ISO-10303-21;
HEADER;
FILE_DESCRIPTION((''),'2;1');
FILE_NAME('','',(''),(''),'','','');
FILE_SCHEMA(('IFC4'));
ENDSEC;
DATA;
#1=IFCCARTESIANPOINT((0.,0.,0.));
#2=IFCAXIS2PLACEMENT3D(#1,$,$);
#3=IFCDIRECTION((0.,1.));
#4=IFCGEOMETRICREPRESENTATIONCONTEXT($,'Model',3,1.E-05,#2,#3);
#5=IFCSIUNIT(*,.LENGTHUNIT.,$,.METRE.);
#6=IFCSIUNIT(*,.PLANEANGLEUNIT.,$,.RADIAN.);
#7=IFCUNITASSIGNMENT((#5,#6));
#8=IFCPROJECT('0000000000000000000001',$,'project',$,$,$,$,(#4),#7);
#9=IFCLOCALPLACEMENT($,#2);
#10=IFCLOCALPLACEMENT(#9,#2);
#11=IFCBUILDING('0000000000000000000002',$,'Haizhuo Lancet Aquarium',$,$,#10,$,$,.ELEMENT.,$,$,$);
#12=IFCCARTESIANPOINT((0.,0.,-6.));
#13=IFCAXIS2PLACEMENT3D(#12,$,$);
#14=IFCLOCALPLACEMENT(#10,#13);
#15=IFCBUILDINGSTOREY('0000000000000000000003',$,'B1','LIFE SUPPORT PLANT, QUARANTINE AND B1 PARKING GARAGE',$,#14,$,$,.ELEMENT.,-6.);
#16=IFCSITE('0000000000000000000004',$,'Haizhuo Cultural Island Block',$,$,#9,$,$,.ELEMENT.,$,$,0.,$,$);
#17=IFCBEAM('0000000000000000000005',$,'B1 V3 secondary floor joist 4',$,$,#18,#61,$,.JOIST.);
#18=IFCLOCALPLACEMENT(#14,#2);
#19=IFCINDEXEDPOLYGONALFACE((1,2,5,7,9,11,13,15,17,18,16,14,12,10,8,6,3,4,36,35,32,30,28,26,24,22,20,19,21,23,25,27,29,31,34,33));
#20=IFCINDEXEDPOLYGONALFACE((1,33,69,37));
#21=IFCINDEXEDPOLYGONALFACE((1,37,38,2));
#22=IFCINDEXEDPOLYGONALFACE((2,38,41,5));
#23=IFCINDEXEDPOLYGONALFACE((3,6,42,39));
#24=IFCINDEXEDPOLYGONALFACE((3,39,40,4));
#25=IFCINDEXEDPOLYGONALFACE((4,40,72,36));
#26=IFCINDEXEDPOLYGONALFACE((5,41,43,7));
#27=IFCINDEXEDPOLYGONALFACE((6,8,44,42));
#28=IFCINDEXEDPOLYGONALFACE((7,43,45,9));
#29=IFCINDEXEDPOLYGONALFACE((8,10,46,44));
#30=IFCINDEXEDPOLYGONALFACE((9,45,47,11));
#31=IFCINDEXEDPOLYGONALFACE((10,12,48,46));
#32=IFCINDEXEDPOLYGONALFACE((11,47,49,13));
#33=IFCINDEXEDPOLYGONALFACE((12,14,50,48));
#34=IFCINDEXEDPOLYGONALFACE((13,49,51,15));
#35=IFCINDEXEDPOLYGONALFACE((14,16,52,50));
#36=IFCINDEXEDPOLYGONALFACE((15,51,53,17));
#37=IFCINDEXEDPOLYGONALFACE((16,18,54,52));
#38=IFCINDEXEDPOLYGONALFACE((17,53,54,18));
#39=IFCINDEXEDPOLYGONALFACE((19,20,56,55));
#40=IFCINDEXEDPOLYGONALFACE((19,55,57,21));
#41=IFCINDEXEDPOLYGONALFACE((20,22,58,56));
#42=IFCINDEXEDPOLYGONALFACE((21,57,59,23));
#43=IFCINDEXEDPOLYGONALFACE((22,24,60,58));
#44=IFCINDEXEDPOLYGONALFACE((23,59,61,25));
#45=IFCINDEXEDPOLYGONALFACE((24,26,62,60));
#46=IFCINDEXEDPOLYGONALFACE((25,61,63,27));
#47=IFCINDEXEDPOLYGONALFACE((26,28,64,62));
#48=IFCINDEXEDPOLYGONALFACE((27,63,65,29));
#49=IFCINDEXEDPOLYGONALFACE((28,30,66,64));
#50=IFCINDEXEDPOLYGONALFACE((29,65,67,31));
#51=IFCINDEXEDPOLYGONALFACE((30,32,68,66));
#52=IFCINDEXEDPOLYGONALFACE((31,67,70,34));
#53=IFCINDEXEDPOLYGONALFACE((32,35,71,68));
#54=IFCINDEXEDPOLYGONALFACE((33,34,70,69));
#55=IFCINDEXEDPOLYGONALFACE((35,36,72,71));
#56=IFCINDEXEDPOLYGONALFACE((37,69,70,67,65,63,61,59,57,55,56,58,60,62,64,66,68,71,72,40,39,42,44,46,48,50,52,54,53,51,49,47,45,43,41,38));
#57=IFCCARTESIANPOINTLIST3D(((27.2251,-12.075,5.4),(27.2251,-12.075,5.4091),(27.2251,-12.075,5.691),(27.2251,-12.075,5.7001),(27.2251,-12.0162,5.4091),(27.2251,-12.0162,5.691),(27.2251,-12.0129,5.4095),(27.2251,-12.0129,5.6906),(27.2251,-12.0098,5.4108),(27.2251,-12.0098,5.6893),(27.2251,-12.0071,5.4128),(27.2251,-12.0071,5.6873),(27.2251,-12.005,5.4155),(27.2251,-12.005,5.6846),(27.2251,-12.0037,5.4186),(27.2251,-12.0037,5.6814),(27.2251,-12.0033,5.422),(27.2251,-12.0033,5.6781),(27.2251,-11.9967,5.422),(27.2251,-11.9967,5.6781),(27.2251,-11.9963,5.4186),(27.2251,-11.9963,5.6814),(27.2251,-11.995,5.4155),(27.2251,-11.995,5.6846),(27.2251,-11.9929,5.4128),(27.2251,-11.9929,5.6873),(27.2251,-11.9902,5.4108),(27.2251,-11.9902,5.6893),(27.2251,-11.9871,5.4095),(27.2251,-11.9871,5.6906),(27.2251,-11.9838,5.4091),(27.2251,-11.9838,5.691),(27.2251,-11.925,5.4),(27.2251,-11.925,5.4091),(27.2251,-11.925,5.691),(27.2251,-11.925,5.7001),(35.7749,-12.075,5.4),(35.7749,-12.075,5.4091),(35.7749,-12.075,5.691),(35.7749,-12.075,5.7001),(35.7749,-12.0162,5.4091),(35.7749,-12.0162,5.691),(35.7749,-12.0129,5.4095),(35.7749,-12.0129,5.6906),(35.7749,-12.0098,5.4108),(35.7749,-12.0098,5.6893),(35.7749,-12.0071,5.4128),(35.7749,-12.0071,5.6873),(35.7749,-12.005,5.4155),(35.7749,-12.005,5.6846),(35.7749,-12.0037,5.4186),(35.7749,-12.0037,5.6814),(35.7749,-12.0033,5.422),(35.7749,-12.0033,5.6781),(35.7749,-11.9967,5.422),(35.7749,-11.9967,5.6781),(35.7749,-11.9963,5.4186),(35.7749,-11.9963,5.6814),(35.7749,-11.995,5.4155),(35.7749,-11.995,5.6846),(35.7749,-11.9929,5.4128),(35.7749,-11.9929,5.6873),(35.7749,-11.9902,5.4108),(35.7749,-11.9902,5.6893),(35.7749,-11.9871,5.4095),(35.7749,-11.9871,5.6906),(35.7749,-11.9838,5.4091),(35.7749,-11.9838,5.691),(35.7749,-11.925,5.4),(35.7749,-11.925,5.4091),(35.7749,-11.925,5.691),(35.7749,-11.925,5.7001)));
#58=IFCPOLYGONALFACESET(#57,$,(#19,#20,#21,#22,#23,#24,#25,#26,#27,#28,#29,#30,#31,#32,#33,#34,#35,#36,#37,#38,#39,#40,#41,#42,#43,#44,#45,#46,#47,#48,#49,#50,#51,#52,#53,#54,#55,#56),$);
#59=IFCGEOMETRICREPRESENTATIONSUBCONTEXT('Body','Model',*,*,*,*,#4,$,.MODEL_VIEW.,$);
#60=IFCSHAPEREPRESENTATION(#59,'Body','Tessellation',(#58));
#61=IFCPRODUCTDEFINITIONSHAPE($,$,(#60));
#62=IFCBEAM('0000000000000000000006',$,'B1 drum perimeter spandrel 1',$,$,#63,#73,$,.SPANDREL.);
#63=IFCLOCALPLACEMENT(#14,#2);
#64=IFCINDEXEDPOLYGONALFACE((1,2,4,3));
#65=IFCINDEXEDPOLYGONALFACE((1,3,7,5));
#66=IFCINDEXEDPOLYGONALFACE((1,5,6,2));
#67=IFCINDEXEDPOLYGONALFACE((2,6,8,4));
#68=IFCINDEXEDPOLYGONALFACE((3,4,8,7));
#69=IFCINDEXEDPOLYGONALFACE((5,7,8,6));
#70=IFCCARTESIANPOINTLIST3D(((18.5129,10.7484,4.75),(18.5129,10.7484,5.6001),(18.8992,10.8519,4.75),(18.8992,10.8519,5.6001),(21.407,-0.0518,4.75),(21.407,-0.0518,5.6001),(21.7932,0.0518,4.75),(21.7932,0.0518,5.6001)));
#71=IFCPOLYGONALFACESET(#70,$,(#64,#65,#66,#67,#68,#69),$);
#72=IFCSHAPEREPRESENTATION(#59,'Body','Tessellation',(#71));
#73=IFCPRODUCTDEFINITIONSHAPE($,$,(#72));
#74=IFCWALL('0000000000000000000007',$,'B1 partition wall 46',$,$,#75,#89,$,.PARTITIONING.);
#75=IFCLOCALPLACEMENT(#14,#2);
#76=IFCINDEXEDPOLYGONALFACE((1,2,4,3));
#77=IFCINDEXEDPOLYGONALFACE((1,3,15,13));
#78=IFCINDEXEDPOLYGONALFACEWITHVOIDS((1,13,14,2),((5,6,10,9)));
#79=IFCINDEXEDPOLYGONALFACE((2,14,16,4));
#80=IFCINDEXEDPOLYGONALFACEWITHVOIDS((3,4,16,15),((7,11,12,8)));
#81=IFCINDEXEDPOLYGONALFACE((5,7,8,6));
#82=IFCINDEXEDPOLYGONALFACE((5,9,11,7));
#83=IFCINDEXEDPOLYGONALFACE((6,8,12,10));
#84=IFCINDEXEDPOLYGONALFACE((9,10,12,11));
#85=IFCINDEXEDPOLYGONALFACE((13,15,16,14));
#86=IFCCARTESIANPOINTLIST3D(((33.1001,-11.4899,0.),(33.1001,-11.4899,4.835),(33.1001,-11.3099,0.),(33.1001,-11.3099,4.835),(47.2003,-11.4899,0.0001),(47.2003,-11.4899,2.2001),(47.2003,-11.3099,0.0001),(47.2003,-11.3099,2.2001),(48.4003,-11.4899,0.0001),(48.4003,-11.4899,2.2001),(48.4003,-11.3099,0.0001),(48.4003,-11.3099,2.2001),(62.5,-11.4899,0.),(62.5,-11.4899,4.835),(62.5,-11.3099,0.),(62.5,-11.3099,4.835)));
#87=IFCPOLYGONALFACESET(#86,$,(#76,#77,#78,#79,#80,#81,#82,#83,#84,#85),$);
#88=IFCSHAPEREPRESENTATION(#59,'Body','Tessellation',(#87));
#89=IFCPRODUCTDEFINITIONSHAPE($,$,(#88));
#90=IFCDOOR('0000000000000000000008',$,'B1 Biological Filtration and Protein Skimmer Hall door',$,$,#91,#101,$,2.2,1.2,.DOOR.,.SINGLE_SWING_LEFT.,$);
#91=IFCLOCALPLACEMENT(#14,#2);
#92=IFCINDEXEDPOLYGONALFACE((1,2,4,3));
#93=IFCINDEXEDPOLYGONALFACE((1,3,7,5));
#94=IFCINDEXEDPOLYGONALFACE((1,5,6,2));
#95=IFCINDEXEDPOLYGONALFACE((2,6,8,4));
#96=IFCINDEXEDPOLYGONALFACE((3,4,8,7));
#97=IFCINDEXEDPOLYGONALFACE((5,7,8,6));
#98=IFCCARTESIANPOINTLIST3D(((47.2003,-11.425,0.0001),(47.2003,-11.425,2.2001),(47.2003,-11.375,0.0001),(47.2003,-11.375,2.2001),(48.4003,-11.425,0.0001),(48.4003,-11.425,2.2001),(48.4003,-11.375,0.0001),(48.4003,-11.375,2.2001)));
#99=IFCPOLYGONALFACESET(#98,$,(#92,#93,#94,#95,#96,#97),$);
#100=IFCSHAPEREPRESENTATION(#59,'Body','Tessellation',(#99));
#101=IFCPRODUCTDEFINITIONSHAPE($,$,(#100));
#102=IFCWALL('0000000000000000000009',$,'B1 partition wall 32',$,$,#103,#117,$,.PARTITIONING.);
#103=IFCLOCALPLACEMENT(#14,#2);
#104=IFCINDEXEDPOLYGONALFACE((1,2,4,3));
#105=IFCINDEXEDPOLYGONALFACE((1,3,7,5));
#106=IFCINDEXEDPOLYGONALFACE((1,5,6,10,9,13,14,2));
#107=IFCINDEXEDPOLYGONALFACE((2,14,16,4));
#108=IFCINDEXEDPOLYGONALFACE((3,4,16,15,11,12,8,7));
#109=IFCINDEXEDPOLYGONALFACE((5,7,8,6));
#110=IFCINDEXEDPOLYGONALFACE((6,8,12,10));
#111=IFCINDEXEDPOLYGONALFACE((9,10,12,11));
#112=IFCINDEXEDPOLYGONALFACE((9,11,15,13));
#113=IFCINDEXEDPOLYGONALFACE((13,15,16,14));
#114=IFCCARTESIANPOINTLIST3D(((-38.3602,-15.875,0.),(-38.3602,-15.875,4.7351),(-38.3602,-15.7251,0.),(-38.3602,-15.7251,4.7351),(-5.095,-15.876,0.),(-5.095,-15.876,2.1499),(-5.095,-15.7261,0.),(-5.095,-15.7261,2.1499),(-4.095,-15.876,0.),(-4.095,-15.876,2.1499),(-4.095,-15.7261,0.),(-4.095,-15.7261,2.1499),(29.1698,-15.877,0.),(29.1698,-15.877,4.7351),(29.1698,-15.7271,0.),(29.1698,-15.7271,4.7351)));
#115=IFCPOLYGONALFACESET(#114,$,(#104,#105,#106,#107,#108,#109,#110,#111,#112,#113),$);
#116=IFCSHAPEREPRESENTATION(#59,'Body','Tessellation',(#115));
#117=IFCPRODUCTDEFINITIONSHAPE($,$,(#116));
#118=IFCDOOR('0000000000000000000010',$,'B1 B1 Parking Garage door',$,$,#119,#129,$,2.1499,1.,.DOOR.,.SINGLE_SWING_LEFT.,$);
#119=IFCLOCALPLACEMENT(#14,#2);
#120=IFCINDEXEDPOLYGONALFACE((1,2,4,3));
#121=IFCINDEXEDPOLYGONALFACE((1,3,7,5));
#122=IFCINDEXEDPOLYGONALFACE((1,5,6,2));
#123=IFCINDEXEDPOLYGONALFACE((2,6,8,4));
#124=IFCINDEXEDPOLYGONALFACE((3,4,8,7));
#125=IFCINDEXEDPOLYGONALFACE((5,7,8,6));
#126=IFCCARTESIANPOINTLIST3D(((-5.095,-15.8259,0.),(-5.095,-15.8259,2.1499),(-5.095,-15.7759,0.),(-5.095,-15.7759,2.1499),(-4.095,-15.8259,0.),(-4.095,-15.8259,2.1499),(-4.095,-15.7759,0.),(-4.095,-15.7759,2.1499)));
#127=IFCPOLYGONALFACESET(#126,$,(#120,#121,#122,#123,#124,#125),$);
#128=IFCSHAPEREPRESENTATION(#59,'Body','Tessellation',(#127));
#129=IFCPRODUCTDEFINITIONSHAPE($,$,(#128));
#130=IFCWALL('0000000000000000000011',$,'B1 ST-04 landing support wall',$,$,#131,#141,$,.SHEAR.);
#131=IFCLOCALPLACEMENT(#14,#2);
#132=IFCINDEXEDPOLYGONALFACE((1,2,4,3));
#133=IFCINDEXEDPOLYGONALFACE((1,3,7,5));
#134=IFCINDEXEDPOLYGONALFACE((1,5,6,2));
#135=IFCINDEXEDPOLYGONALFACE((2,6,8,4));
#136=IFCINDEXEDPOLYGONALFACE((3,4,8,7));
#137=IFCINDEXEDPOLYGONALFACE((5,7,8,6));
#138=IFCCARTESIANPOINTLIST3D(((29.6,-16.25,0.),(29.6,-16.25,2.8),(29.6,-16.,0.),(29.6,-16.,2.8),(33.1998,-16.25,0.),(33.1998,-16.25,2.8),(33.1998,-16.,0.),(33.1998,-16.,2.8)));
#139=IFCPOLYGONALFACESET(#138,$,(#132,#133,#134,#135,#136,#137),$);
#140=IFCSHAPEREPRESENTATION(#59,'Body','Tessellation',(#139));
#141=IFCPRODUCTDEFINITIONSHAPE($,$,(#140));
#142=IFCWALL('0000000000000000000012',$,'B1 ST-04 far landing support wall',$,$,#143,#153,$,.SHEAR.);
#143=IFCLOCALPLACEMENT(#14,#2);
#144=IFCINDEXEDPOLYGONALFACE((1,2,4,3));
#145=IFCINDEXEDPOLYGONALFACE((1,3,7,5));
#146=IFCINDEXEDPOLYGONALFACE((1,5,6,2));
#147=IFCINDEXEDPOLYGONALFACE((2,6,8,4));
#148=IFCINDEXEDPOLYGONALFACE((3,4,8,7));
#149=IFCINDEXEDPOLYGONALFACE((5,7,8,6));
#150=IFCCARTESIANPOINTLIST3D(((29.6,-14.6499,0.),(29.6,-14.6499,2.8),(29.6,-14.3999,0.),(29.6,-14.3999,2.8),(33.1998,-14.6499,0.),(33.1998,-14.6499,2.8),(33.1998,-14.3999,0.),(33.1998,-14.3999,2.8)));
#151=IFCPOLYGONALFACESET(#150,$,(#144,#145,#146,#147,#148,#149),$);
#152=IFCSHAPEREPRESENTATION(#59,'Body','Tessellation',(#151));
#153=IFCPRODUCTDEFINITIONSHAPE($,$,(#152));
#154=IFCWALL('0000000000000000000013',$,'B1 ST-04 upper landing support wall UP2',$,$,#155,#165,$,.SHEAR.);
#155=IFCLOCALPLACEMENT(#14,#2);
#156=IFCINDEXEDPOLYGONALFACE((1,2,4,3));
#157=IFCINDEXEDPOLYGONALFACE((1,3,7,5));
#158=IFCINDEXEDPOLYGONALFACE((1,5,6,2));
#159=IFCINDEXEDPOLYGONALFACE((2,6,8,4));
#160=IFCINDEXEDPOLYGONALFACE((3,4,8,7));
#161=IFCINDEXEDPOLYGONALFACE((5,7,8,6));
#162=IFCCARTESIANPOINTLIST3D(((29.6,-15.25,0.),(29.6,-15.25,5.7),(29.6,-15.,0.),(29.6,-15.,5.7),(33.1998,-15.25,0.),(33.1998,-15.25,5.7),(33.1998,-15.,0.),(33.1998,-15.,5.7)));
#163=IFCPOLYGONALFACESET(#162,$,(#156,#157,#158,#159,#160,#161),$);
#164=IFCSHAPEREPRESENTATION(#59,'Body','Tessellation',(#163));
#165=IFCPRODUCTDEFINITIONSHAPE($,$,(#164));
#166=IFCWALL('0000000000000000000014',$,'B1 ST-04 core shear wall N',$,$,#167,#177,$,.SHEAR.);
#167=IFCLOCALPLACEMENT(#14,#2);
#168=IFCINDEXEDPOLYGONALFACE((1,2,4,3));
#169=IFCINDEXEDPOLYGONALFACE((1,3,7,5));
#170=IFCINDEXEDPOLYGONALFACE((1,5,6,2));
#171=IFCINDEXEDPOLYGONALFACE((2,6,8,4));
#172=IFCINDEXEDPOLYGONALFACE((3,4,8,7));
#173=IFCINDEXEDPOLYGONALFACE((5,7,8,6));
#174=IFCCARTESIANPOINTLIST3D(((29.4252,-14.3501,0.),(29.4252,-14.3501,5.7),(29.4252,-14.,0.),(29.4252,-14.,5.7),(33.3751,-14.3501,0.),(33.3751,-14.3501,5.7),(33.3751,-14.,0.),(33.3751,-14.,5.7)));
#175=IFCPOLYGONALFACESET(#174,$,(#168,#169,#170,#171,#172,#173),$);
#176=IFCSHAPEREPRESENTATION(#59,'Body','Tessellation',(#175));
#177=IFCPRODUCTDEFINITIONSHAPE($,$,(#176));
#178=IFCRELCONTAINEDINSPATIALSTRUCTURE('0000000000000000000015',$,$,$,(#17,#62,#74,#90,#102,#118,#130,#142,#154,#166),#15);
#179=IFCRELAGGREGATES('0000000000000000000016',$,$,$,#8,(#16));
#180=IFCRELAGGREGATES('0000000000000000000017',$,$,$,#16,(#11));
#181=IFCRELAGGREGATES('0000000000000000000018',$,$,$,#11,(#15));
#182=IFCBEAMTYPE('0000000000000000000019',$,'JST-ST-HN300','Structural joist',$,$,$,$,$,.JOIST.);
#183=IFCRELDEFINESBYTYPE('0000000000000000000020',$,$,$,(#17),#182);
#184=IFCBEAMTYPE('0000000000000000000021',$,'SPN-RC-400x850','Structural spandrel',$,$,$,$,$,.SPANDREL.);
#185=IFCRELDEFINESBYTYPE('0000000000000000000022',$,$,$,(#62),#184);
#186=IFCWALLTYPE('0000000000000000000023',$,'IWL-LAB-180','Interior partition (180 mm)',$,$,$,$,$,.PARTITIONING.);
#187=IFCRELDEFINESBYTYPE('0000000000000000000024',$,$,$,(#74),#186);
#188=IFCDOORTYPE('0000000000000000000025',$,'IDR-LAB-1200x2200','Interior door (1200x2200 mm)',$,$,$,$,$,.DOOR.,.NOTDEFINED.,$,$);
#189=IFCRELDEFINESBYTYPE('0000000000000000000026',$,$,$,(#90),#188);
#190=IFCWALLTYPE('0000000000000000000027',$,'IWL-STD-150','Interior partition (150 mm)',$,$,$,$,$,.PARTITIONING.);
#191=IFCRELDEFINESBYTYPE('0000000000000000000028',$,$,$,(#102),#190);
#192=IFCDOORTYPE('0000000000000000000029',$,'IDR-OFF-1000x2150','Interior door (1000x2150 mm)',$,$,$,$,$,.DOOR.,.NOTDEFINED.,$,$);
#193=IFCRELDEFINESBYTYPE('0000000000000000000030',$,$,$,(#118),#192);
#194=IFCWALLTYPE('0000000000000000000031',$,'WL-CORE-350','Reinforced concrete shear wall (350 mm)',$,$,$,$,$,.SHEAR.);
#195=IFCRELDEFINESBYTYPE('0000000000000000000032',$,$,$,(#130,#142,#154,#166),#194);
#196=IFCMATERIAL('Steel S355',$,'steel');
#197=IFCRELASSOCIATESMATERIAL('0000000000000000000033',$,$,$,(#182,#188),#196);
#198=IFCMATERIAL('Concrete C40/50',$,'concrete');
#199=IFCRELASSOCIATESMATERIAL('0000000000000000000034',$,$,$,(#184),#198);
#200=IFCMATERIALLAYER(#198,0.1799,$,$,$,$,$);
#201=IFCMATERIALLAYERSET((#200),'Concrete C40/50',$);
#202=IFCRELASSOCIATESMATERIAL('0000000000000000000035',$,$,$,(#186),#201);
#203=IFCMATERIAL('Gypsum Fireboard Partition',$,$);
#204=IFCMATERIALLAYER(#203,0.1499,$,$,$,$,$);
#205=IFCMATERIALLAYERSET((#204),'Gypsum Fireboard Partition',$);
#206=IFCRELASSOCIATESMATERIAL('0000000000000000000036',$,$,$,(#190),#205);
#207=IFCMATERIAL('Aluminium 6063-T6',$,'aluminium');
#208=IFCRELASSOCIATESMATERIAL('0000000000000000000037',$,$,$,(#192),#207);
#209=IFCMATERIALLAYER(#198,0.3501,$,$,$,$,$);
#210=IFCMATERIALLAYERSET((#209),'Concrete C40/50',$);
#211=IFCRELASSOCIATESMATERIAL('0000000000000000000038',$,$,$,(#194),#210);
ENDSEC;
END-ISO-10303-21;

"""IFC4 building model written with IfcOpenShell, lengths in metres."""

from ifc_helpers import new_model, si_unit, direction, frame, frame_2d, origin, origin_2d, place, context, subcontext, project, spatial, rectangle, i_section, extrude, material, layer, layer_set, material_profile, profile_set, type_object, element, fill, save


model = new_model("IFC4")

# Units and contexts
model_context = context("Model", 3, precision=1e-05, world=origin(), true_north=direction((0.0, 1.0)))
body_context = subcontext(model_context, "Body", "Model", "MODEL_VIEW")
ifc_project = project(units=[si_unit("LENGTHUNIT", "METRE"), si_unit("PLANEANGLEUNIT", "RADIAN")], contexts=[model_context])

# Site, building, storey
site_placement = place(None, origin())
site = spatial("IfcSite", under=ifc_project, at=site_placement, Name="Haizhuo Cultural Island Block", CompositionType="ELEMENT", RefElevation=0.0)
building_placement = place(site_placement, origin())
building = spatial("IfcBuilding", under=site, at=building_placement, Name="Haizhuo Lancet Aquarium", CompositionType="ELEMENT")
storey_placement = place(building_placement, frame((0.0, 0.0, -6.0)))
storey = spatial("IfcBuildingStorey", under=building, at=storey_placement, Name="B1", Description="LIFE SUPPORT PLANT, QUARANTINE AND B1 PARKING GARAGE", CompositionType="ELEMENT", Elevation=-6.0)

# Shared definitions
ifc_material_1 = material(Name="Concrete C40/50", Category="concrete")

# Beams
ifc_material_2 = material(Name="Steel S355", Category="steel")
ifc_material_profile_1 = material_profile(ifc_material_2, i_section(OverallWidth=0.1499, OverallDepth=0.3, WebThickness=0.0066, FlangeThickness=0.009, FilletRadius=0.0129, at=origin_2d()), Name="HN 300x150x6.5x9")
ifc_profile_set_1 = profile_set([ifc_material_profile_1], Name="Steel S355")
beam_type_1 = type_object("IfcBeamType", Name="JST-ST-HN300", Description="Structural joist", PredefinedType="JOIST", material=ifc_profile_set_1)
beam_1_placement = place(storey_placement, frame((27.2251, -12.0, 5.55), z_axis=(1.0, 0.0, 0.0), x_axis=(0.0, 1.0, 0.0)))
element("IfcBeam", 1, at=beam_1_placement, inside=storey, type_object=beam_type_1, Name="B1 V3 secondary floor joist 4", PredefinedType="JOIST", context=body_context, shape_type="SweptSolid", body=[
    extrude(i_section(OverallWidth=0.1499, OverallDepth=0.3, WebThickness=0.0066, FlangeThickness=0.009, FilletRadius=0.0129, at=origin_2d()), origin(), (0.0, 0.0, 1.0), 8.5498),
])
ifc_material_profile_2 = material_profile(ifc_material_1, rectangle(XDim=0.3999, YDim=0.8501, at=origin_2d()), Name="RC-SP 400x850")
ifc_profile_set_2 = profile_set([ifc_material_profile_2], Name="Concrete C40/50")
beam_type_2 = type_object("IfcBeamType", Name="SPN-RC-400x850", Description="Structural spandrel", PredefinedType="SPANDREL", material=ifc_profile_set_2)
beam_2_placement = place(storey_placement, frame((21.6001, 0.0, 5.175), z_axis=(-0.258834, 0.965922, 0.0), x_axis=(-0.965922, -0.258834, 0.0)))
element("IfcBeam", 2, at=beam_2_placement, inside=storey, type_object=beam_type_2, Name="B1 drum perimeter spandrel 1", PredefinedType="SPANDREL", context=body_context, shape_type="SweptSolid", body=[
    extrude(rectangle(XDim=0.3999, YDim=0.8501, at=origin_2d()), origin(), (0.0, 0.0, 1.0), 11.1812),
])

# Walls, openings, doors
ifc_layer_1 = layer(ifc_material_1, 0.1799)
ifc_layer_set_1 = layer_set([ifc_layer_1], Name="Concrete C40/50")
wall_type_1 = type_object("IfcWallType", Name="IWL-LAB-180", Description="Interior partition (180 mm)", PredefinedType="PARTITIONING", material=ifc_layer_set_1)
wall_1_placement = place(storey_placement, frame((33.1001, -11.3999, 0.0), z_axis=(0.0, 0.0, 1.0), x_axis=(1.0, 0.0, 0.0)))
wall_1 = element("IfcWall", 3, at=wall_1_placement, inside=storey, type_object=wall_type_1, Name="B1 partition wall 46", PredefinedType="PARTITIONING", context=body_context, shape_type="SweptSolid", body=[
    extrude(rectangle(XDim=29.3999, YDim=0.1799, at=frame_2d((14.7, 0.0))), origin(), (0.0, 0.0, 1.0), 4.835),
])
opening_1_placement = place(wall_1_placement, frame((14.1001, 0.0, 0.0)))
opening_1 = element("IfcOpeningElement", 4, at=opening_1_placement, cuts=wall_1, PredefinedType="OPENING", context=body_context, shape_type="SweptSolid", body=[
    extrude(rectangle(XDim=1.2, YDim=2.2, at=frame_2d((0.6001, 1.1001))), frame((0.0, 0.0999, 0.0), z_axis=(0.0, -1.0, 0.0), x_axis=(1.0, 0.0, 0.0)), (0.0, 0.0, 1.0), 0.1999),
])
door_type_1 = type_object("IfcDoorType", Name="IDR-LAB-1200x2200", Description="Interior door (1200x2200 mm)", OperationType="NOTDEFINED", PredefinedType="DOOR", material=ifc_material_2)
door_1_placement = place(opening_1_placement, origin())
door_1 = element("IfcDoor", 5, at=door_1_placement, inside=storey, type_object=door_type_1, Name="B1 Biological Filtration and Protein Skimmer Hall door", OperationType="SINGLE_SWING_LEFT", OverallHeight=2.2, OverallWidth=1.2, PredefinedType="DOOR", context=body_context, shape_type="SweptSolid", body=[
    extrude(rectangle(XDim=1.2, YDim=2.2, at=frame_2d((0.6001, 1.1001))), frame((0.0, 0.0249, 0.0), z_axis=(0.0, -1.0, 0.0), x_axis=(1.0, 0.0, 0.0)), (0.0, 0.0, 1.0), 0.05),
])
fill(opening_1, door_1)
ifc_material_3 = material(Name="Gypsum Fireboard Partition")
ifc_layer_2 = layer(ifc_material_3, 0.1499)
ifc_layer_set_2 = layer_set([ifc_layer_2], Name="Gypsum Fireboard Partition")
wall_type_2 = type_object("IfcWallType", Name="IWL-STD-150", Description="Interior partition (150 mm)", PredefinedType="PARTITIONING", material=ifc_layer_set_2)
wall_2_placement = place(storey_placement, frame((29.1699, -15.802, 0.0), z_axis=(0.0, 0.0, 1.0), x_axis=(-1.0, 0.000029, 0.0)))
wall_2 = element("IfcWall", 6, at=wall_2_placement, inside=storey, type_object=wall_type_2, Name="B1 partition wall 32", PredefinedType="PARTITIONING", context=body_context, shape_type="SweptSolid", body=[
    extrude(rectangle(XDim=67.53, YDim=0.1499, at=frame_2d((33.7651, 0.0))), origin(), (0.0, 0.0, 1.0), 4.7351),
])
opening_2_placement = place(wall_2_placement, frame((33.2649, 0.0, 0.0)))
opening_2 = element("IfcOpeningElement", 7, at=opening_2_placement, cuts=wall_2, PredefinedType="OPENING", context=body_context, shape_type="SweptSolid", body=[
    extrude(rectangle(XDim=1.0, YDim=2.1499, at=frame_2d((0.5, 1.075))), frame((0.0, 0.085, 0.0), z_axis=(0.0, -1.0, 0.0), x_axis=(1.0, 0.0, 0.0)), (0.0, 0.0, 1.0), 0.1699),
])
ifc_material_4 = material(Name="Aluminium 6063-T6", Category="aluminium")
door_type_2 = type_object("IfcDoorType", Name="IDR-OFF-1000x2150", Description="Interior door (1000x2150 mm)", OperationType="NOTDEFINED", PredefinedType="DOOR", material=ifc_material_4)
door_2_placement = place(opening_2_placement, origin())
door_2 = element("IfcDoor", 8, at=door_2_placement, inside=storey, type_object=door_type_2, Name="B1 B1 Parking Garage door", OperationType="SINGLE_SWING_LEFT", OverallHeight=2.1499, OverallWidth=1.0, PredefinedType="DOOR", context=body_context, shape_type="SweptSolid", body=[
    extrude(rectangle(XDim=1.0, YDim=2.1499, at=frame_2d((0.5, 1.075))), frame((0.0, 0.0249, 0.0), z_axis=(0.0, -1.0, 0.0), x_axis=(1.0, 0.0, 0.0)), (0.0, 0.0, 1.0), 0.05),
])
fill(opening_2, door_2)

# Walls
ifc_layer_3 = layer(ifc_material_1, 0.3501)
ifc_layer_set_3 = layer_set([ifc_layer_3], Name="Concrete C40/50")
wall_type_3 = type_object("IfcWallType", Name="WL-CORE-350", Description="Reinforced concrete shear wall (350 mm)", PredefinedType="SHEAR", material=ifc_layer_set_3)
for number, where, z_axis, x_axis, name in (
    (9, (29.6001, -16.125, 0.0), (0.0, 0.0, 1.0), (1.0, 0.0, 0.0), "B1 ST-04 landing support wall"),
    (10, (29.6001, -14.5249, 0.0), (0.0, 0.0, 1.0), (1.0, 0.0, 0.0), "B1 ST-04 far landing support wall"),
):
    element("IfcWall", number, at=place(storey_placement, frame(where, z_axis=z_axis, x_axis=x_axis)), inside=storey, type_object=wall_type_3, Name=name, PredefinedType="SHEAR", context=body_context, shape_type="SweptSolid", body=[
        extrude(rectangle(XDim=3.5999, YDim=0.25, at=frame_2d((1.7998, 0.0))), origin(), (0.0, 0.0, 1.0), 2.8),
    ])
wall_3_placement = place(storey_placement, frame((29.6001, -15.125, 0.0), z_axis=(0.0, 0.0, 1.0), x_axis=(1.0, 0.0, 0.0)))
element("IfcWall", 11, at=wall_3_placement, inside=storey, type_object=wall_type_3, Name="B1 ST-04 upper landing support wall UP2", PredefinedType="SHEAR", context=body_context, shape_type="SweptSolid", body=[
    extrude(rectangle(XDim=3.5999, YDim=0.25, at=frame_2d((1.7998, 0.0))), origin(), (0.0, 0.0, 1.0), 5.7),
])
wall_4_placement = place(storey_placement, frame((29.425, -14.175, 0.0), z_axis=(0.0, 0.0, 1.0), x_axis=(1.0, 0.0, 0.0)))
element("IfcWall", 12, at=wall_4_placement, inside=storey, type_object=wall_type_3, Name="B1 ST-04 core shear wall N", PredefinedType="SHEAR", context=body_context, shape_type="SweptSolid", body=[
    extrude(rectangle(XDim=3.95, YDim=0.3501, at=frame_2d((1.9751, 0.0))), origin(), (0.0, 0.0, 1.0), 5.7),
])

save(model, "model.ifc")
